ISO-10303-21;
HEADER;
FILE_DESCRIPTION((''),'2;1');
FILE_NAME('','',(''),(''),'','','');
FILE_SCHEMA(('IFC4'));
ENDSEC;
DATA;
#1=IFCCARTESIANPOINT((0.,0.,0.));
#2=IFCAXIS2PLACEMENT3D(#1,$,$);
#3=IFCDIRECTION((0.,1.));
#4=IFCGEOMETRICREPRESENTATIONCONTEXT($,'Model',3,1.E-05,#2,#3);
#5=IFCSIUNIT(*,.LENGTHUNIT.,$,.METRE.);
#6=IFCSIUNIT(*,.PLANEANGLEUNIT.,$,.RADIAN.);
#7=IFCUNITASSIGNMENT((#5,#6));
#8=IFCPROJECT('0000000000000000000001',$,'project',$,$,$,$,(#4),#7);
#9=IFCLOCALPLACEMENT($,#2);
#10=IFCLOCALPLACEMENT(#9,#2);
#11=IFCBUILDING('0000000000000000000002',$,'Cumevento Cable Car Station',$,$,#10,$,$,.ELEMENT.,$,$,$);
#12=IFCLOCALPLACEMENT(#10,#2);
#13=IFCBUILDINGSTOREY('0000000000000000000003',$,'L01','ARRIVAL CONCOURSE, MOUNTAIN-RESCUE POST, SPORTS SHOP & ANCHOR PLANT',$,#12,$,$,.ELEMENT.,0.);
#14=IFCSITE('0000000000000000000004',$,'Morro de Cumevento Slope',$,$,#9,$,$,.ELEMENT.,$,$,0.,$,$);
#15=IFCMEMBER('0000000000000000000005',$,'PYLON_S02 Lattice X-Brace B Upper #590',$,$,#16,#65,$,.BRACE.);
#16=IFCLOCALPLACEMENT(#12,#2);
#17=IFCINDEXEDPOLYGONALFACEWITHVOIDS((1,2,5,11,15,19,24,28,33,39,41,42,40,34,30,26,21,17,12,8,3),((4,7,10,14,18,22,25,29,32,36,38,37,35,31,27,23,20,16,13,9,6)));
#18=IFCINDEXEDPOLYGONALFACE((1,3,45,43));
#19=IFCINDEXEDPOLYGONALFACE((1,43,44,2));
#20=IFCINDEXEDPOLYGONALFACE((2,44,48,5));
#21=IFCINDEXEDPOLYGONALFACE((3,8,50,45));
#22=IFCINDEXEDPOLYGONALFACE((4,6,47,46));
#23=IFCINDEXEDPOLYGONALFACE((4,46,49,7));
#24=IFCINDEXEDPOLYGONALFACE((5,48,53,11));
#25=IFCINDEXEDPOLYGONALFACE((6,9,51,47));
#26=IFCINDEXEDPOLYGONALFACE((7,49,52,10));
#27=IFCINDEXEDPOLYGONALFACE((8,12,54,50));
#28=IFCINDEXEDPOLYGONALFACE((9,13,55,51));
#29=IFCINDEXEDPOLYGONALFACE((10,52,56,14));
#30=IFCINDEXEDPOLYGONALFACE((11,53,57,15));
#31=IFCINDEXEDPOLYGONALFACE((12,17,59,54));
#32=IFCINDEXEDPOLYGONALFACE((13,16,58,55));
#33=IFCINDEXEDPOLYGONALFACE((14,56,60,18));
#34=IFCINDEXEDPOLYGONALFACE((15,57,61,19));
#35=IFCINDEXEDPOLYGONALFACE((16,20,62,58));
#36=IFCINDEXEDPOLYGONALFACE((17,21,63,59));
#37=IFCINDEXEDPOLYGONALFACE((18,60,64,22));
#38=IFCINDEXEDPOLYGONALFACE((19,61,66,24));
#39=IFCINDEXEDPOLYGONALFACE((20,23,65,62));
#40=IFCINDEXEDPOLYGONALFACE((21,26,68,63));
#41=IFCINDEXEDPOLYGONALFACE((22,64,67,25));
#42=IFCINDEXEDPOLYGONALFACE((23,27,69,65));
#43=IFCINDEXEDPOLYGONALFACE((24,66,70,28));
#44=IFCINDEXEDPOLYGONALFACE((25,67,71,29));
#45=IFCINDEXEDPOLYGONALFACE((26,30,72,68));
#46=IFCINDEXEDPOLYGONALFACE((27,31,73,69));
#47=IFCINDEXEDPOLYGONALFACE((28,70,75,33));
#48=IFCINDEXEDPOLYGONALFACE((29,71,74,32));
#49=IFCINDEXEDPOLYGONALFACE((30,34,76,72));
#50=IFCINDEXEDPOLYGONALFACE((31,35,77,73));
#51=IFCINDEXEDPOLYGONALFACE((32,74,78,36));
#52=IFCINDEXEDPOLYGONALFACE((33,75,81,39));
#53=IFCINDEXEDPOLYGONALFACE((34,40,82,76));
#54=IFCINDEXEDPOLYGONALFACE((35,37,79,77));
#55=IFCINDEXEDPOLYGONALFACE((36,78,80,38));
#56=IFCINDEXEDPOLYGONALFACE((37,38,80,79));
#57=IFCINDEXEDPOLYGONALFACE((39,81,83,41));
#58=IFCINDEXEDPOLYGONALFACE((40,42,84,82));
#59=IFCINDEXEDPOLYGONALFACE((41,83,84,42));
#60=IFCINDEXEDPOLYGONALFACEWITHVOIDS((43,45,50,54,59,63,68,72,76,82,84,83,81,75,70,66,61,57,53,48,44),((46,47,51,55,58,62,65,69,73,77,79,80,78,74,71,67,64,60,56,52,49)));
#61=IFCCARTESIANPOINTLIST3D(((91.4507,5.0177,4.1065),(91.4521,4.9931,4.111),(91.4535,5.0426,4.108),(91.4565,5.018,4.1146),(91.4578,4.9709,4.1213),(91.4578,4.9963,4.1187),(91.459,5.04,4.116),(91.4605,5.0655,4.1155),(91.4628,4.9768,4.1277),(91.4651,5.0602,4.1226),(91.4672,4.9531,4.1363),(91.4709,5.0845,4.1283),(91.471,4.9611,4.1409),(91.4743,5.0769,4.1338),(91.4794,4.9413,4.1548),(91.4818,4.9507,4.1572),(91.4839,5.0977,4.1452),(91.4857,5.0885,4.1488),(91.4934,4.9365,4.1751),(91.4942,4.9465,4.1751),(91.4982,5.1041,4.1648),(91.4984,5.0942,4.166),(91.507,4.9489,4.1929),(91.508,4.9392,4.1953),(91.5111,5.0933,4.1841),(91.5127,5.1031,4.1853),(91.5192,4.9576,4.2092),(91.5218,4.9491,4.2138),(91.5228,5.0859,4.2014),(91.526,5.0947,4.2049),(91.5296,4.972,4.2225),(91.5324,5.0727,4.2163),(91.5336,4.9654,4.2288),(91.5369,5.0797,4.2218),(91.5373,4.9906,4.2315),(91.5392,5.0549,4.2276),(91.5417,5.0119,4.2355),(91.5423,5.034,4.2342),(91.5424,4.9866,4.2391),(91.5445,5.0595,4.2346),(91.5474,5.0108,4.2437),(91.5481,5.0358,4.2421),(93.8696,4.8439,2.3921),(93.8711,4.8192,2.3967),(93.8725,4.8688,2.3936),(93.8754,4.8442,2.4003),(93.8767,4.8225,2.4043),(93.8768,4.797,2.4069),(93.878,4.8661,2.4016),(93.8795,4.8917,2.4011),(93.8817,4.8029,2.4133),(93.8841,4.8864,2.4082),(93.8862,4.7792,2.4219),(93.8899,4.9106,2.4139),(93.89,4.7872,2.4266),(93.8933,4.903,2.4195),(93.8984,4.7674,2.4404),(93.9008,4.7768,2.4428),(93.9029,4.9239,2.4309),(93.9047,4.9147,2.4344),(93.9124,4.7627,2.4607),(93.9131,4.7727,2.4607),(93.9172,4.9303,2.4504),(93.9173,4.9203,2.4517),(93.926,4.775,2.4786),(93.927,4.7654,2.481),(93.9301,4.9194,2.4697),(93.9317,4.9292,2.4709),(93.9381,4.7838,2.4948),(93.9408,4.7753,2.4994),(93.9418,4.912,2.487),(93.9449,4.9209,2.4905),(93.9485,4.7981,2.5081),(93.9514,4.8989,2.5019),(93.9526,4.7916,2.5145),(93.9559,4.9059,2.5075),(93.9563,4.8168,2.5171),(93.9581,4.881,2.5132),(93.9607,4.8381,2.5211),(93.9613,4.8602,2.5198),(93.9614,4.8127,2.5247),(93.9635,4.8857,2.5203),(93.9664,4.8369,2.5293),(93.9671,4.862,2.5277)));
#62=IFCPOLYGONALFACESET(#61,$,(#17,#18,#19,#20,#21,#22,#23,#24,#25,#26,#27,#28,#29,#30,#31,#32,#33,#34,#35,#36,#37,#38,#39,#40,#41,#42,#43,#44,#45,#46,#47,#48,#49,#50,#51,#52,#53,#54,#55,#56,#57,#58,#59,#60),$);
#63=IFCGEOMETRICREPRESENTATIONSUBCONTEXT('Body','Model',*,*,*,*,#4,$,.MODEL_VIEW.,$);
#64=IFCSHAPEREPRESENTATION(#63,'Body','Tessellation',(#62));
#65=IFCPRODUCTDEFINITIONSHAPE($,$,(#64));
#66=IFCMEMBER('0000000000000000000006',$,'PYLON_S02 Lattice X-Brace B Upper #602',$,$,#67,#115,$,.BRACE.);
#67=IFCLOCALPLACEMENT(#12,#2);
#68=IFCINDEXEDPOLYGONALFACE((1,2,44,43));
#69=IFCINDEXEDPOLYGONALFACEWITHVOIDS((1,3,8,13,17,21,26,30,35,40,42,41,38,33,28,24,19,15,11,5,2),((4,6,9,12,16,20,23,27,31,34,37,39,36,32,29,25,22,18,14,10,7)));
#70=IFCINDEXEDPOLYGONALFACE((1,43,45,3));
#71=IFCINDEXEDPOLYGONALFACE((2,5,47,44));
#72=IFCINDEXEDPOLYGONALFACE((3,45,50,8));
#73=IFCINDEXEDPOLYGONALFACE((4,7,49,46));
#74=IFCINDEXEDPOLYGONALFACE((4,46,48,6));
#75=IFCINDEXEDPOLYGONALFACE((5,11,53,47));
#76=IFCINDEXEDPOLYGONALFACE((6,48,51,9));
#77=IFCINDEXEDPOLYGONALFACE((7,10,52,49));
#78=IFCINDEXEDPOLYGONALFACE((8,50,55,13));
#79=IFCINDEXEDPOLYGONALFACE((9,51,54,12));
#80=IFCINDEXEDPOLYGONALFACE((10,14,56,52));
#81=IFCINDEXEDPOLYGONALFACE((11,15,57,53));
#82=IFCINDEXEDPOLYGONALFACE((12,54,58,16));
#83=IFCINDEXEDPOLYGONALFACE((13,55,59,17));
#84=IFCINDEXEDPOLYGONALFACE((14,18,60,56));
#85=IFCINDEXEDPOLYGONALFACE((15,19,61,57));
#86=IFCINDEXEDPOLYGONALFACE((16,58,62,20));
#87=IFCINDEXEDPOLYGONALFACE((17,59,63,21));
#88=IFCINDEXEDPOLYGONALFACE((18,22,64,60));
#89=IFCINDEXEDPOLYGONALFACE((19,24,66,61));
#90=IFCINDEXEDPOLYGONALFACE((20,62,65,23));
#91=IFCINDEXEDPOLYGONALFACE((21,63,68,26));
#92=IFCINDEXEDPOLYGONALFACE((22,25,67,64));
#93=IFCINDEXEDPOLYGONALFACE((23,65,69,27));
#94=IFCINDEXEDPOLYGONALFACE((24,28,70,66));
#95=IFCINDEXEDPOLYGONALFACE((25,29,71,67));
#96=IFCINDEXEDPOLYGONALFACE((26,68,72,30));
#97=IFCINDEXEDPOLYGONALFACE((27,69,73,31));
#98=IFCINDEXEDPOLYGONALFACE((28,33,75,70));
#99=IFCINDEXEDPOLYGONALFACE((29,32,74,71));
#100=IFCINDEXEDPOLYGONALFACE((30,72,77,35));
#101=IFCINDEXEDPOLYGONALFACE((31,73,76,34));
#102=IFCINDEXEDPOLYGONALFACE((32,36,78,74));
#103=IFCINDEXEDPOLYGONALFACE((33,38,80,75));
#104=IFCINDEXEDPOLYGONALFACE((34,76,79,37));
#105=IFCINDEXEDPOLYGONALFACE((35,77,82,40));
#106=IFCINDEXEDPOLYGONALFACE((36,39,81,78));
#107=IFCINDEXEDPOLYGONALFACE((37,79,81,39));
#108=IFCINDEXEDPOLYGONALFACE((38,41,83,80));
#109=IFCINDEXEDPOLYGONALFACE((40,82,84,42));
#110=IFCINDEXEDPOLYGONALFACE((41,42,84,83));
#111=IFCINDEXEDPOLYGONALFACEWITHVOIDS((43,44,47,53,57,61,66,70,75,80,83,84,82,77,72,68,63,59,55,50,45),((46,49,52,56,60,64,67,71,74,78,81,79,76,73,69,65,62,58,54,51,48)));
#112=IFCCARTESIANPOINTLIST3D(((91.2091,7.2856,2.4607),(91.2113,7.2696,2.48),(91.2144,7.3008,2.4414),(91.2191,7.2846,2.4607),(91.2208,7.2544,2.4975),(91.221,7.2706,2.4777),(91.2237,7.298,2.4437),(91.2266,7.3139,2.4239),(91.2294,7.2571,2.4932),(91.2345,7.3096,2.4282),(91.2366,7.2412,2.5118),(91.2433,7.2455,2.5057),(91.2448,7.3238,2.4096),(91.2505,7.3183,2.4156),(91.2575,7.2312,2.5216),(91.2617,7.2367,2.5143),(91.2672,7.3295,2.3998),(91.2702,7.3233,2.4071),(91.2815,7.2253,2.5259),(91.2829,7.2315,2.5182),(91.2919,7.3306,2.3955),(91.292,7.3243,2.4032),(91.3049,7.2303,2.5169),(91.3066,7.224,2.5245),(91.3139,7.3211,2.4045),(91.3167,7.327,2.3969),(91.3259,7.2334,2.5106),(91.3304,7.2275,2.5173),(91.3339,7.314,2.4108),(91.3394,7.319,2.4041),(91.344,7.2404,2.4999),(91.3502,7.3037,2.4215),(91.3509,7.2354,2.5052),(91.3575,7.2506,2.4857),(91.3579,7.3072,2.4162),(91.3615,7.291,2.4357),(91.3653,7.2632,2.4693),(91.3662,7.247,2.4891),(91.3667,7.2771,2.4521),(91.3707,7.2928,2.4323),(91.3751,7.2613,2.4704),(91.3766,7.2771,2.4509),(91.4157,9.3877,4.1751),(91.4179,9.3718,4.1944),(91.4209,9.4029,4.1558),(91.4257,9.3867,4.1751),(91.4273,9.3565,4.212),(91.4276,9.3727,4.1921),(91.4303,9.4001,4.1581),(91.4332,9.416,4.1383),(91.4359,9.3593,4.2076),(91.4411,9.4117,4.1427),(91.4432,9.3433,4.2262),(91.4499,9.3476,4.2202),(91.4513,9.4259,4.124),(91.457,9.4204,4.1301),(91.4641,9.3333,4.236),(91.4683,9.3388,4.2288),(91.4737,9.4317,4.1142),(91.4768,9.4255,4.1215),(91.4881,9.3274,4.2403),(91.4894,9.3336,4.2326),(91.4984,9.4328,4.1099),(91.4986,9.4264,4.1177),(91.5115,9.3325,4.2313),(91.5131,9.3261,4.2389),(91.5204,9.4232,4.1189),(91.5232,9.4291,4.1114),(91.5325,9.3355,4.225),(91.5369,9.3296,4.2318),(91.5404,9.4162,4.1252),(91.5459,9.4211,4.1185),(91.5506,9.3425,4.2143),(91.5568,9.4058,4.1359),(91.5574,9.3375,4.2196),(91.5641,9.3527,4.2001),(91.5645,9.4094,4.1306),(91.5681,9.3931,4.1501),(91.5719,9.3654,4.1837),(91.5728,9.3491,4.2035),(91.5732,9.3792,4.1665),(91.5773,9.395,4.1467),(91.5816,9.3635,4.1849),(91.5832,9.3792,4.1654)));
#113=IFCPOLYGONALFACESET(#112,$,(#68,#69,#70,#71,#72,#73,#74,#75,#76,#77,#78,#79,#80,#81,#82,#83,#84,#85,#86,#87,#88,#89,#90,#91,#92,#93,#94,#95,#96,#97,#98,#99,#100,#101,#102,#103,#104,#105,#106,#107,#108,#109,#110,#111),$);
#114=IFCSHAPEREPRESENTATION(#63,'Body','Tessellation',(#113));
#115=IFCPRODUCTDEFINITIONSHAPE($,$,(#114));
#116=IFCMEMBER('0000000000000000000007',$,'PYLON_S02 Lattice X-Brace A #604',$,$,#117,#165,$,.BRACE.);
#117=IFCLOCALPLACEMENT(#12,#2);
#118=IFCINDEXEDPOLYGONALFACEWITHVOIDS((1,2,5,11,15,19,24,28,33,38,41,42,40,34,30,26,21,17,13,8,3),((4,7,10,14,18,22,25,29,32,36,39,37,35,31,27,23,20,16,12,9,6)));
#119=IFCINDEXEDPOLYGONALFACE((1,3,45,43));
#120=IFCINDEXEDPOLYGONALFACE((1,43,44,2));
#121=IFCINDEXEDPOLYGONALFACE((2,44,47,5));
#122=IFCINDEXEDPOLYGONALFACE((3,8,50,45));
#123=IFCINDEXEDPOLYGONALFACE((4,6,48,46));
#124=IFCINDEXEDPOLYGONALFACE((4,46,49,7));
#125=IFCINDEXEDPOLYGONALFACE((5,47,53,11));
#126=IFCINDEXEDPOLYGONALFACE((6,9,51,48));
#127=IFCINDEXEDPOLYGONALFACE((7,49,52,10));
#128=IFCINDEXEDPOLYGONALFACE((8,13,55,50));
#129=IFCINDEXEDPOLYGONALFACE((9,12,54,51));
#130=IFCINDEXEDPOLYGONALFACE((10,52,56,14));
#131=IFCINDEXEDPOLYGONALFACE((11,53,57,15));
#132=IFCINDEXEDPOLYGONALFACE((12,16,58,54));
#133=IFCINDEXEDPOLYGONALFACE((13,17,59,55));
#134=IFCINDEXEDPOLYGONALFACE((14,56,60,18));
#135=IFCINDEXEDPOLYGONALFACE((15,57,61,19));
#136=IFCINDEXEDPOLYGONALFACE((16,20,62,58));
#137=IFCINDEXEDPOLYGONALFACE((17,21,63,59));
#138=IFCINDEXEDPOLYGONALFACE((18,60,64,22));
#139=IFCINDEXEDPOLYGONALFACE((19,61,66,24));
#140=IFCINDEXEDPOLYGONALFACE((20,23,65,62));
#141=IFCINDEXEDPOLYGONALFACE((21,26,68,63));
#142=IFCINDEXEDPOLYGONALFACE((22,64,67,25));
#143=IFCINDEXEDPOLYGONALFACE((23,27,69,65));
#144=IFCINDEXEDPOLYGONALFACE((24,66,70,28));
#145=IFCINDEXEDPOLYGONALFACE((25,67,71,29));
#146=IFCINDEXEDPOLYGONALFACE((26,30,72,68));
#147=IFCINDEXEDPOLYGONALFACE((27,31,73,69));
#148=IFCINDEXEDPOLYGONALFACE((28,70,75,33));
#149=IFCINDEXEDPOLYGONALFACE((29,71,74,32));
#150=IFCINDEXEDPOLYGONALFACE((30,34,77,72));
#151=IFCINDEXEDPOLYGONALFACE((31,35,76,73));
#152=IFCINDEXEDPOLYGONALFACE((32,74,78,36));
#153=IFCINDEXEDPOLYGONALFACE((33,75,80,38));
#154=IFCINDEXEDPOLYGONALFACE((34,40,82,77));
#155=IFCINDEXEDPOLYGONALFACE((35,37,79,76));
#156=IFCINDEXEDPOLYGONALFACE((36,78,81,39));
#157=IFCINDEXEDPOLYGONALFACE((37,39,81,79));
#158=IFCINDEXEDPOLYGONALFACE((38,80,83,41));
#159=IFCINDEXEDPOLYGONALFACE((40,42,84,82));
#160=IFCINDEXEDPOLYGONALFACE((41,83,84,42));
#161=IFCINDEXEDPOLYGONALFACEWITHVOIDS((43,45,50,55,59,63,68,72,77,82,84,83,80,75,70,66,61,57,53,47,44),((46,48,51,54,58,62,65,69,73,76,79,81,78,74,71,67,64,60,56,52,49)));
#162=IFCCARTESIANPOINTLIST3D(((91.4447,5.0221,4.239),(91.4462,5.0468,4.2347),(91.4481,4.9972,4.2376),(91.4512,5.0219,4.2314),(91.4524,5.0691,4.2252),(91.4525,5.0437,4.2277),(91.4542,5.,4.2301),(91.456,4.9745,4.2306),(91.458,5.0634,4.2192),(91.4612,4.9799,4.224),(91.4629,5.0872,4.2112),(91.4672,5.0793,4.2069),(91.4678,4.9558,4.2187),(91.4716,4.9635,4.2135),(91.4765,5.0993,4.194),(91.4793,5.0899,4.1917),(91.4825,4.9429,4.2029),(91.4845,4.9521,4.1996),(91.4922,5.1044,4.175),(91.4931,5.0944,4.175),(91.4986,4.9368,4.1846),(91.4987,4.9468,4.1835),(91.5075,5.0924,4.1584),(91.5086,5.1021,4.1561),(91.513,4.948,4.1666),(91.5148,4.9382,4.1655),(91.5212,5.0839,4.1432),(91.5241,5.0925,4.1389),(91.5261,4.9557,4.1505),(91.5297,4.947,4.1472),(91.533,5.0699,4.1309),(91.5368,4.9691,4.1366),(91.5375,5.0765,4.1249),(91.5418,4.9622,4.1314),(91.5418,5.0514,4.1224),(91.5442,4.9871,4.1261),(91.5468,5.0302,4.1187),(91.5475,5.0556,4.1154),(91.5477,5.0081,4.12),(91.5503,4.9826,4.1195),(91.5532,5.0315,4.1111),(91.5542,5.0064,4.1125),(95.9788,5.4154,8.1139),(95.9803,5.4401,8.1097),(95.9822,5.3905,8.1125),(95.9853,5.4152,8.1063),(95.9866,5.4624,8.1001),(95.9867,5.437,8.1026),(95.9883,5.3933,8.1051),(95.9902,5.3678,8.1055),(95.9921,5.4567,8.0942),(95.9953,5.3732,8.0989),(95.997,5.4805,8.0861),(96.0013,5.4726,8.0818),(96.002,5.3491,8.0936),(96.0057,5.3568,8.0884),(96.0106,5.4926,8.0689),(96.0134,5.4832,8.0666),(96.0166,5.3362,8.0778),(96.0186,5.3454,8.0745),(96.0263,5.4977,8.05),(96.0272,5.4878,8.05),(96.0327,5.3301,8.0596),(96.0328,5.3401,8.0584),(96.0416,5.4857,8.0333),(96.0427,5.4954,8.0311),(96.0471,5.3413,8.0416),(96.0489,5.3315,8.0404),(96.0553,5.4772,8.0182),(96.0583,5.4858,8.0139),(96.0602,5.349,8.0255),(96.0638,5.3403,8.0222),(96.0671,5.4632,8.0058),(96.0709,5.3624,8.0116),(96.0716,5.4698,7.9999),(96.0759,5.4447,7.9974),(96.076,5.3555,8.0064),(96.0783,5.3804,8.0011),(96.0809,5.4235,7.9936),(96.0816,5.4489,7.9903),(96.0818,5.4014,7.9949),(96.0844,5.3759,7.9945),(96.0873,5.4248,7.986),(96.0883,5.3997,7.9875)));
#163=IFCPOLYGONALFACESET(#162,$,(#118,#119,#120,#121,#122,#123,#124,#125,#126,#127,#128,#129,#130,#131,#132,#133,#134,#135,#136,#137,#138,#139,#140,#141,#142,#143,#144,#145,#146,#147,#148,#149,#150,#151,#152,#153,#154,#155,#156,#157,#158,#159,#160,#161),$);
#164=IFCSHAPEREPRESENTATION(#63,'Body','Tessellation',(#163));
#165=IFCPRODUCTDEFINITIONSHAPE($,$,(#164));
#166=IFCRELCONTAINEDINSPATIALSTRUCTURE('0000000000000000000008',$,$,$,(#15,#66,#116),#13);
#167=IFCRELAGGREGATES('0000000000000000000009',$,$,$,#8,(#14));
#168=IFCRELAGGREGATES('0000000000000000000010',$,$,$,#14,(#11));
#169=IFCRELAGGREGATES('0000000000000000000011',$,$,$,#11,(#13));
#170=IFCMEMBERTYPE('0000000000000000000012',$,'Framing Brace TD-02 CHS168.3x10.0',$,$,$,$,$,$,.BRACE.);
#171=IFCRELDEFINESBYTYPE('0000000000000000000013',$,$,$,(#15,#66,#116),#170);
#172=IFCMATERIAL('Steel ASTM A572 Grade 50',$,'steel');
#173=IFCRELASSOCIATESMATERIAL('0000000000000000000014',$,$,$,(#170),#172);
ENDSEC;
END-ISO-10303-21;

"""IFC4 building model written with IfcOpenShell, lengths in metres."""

from ifc_helpers import new_model, si_unit, direction, frame, origin, origin_2d, place, context, subcontext, project, spatial, hollow_circle, extrude, material, material_profile, profile_set, type_object, element, save


model = new_model("IFC4")

# Units and contexts
model_context = context("Model", 3, precision=1e-05, world=origin(), true_north=direction((0.0, 1.0)))
body_context = subcontext(model_context, "Body", "Model", "MODEL_VIEW")
ifc_project = project(units=[si_unit("LENGTHUNIT", "METRE"), si_unit("PLANEANGLEUNIT", "RADIAN")], contexts=[model_context])

# Site, building, storey
site_placement = place(None, origin())
site = spatial("IfcSite", under=ifc_project, at=site_placement, Name="Morro de Cumevento Slope", CompositionType="ELEMENT", RefElevation=0.0)
building_placement = place(site_placement, origin())
building = spatial("IfcBuilding", under=site, at=building_placement, Name="Cumevento Cable Car Station", CompositionType="ELEMENT")
storey_placement = place(building_placement, origin())
storey = spatial("IfcBuildingStorey", under=building, at=storey_placement, Name="L01", Description="ARRIVAL CONCOURSE, MOUNTAIN-RESCUE POST, SPORTS SHOP & ANCHOR PLANT", CompositionType="ELEMENT", Elevation=0.0)

# Members
ifc_material_1 = material(Name="Steel ASTM A572 Grade 50", Category="steel")
ifc_material_profile_1 = material_profile(ifc_material_1, hollow_circle(Radius=0.0842, WallThickness=0.01, at=origin_2d()), Name="CHS168.3x10.0")
ifc_profile_set_1 = profile_set([ifc_material_profile_1], Name="Steel ASTM A572 Grade 50")
member_type_1 = type_object("IfcMemberType", Name="Framing Brace TD-02 CHS168.3x10.0", PredefinedType="BRACE", material=ifc_profile_set_1)
member_1_placement = place(storey_placement, frame((93.9185, 4.8467, 2.4607), z_axis=(-0.814477, 0.058529, 0.577236), x_axis=(-0.071676, -0.997428, 0.0)))
element("IfcMember", 1, at=member_1_placement, inside=storey, type_object=member_type_1, Name="PYLON_S02 Lattice X-Brace B Upper #590", PredefinedType="BRACE", context=body_context, shape_type="SweptSolid", body=[
    extrude(hollow_circle(Radius=0.0842, WallThickness=0.01, at=origin_2d()), origin(), (0.0, 0.0, 1.0), 2.97),
])
member_2_placement = place(storey_placement, frame((91.293, 7.2773, 2.4607), z_axis=(0.075925, 0.772714, 0.630197), x_axis=(-0.995207, 0.097787, 0.0)))
element("IfcMember", 2, at=member_2_placement, inside=storey, type_object=member_type_1, Name="PYLON_S02 Lattice X-Brace B Upper #602", PredefinedType="BRACE", context=body_context, shape_type="SweptSolid", body=[
    extrude(hollow_circle(Radius=0.0842, WallThickness=0.01, at=origin_2d()), origin(), (0.0, 0.0, 1.0), 2.7205),
])
member_3_placement = place(storey_placement, frame((91.4995, 5.0205, 4.175), z_axis=(0.758556, 0.0658, 0.648277), x_axis=(-0.086419, 0.996259, 0.0)))
element("IfcMember", 3, at=member_3_placement, inside=storey, type_object=member_type_1, Name="PYLON_S02 Lattice X-Brace A #604", PredefinedType="BRACE", context=body_context, shape_type="SweptSolid", body=[
    extrude(hollow_circle(Radius=0.0842, WallThickness=0.01, at=origin_2d()), origin(), (0.0, 0.0, 1.0), 5.9773),
])

save(model, "model.ifc")
